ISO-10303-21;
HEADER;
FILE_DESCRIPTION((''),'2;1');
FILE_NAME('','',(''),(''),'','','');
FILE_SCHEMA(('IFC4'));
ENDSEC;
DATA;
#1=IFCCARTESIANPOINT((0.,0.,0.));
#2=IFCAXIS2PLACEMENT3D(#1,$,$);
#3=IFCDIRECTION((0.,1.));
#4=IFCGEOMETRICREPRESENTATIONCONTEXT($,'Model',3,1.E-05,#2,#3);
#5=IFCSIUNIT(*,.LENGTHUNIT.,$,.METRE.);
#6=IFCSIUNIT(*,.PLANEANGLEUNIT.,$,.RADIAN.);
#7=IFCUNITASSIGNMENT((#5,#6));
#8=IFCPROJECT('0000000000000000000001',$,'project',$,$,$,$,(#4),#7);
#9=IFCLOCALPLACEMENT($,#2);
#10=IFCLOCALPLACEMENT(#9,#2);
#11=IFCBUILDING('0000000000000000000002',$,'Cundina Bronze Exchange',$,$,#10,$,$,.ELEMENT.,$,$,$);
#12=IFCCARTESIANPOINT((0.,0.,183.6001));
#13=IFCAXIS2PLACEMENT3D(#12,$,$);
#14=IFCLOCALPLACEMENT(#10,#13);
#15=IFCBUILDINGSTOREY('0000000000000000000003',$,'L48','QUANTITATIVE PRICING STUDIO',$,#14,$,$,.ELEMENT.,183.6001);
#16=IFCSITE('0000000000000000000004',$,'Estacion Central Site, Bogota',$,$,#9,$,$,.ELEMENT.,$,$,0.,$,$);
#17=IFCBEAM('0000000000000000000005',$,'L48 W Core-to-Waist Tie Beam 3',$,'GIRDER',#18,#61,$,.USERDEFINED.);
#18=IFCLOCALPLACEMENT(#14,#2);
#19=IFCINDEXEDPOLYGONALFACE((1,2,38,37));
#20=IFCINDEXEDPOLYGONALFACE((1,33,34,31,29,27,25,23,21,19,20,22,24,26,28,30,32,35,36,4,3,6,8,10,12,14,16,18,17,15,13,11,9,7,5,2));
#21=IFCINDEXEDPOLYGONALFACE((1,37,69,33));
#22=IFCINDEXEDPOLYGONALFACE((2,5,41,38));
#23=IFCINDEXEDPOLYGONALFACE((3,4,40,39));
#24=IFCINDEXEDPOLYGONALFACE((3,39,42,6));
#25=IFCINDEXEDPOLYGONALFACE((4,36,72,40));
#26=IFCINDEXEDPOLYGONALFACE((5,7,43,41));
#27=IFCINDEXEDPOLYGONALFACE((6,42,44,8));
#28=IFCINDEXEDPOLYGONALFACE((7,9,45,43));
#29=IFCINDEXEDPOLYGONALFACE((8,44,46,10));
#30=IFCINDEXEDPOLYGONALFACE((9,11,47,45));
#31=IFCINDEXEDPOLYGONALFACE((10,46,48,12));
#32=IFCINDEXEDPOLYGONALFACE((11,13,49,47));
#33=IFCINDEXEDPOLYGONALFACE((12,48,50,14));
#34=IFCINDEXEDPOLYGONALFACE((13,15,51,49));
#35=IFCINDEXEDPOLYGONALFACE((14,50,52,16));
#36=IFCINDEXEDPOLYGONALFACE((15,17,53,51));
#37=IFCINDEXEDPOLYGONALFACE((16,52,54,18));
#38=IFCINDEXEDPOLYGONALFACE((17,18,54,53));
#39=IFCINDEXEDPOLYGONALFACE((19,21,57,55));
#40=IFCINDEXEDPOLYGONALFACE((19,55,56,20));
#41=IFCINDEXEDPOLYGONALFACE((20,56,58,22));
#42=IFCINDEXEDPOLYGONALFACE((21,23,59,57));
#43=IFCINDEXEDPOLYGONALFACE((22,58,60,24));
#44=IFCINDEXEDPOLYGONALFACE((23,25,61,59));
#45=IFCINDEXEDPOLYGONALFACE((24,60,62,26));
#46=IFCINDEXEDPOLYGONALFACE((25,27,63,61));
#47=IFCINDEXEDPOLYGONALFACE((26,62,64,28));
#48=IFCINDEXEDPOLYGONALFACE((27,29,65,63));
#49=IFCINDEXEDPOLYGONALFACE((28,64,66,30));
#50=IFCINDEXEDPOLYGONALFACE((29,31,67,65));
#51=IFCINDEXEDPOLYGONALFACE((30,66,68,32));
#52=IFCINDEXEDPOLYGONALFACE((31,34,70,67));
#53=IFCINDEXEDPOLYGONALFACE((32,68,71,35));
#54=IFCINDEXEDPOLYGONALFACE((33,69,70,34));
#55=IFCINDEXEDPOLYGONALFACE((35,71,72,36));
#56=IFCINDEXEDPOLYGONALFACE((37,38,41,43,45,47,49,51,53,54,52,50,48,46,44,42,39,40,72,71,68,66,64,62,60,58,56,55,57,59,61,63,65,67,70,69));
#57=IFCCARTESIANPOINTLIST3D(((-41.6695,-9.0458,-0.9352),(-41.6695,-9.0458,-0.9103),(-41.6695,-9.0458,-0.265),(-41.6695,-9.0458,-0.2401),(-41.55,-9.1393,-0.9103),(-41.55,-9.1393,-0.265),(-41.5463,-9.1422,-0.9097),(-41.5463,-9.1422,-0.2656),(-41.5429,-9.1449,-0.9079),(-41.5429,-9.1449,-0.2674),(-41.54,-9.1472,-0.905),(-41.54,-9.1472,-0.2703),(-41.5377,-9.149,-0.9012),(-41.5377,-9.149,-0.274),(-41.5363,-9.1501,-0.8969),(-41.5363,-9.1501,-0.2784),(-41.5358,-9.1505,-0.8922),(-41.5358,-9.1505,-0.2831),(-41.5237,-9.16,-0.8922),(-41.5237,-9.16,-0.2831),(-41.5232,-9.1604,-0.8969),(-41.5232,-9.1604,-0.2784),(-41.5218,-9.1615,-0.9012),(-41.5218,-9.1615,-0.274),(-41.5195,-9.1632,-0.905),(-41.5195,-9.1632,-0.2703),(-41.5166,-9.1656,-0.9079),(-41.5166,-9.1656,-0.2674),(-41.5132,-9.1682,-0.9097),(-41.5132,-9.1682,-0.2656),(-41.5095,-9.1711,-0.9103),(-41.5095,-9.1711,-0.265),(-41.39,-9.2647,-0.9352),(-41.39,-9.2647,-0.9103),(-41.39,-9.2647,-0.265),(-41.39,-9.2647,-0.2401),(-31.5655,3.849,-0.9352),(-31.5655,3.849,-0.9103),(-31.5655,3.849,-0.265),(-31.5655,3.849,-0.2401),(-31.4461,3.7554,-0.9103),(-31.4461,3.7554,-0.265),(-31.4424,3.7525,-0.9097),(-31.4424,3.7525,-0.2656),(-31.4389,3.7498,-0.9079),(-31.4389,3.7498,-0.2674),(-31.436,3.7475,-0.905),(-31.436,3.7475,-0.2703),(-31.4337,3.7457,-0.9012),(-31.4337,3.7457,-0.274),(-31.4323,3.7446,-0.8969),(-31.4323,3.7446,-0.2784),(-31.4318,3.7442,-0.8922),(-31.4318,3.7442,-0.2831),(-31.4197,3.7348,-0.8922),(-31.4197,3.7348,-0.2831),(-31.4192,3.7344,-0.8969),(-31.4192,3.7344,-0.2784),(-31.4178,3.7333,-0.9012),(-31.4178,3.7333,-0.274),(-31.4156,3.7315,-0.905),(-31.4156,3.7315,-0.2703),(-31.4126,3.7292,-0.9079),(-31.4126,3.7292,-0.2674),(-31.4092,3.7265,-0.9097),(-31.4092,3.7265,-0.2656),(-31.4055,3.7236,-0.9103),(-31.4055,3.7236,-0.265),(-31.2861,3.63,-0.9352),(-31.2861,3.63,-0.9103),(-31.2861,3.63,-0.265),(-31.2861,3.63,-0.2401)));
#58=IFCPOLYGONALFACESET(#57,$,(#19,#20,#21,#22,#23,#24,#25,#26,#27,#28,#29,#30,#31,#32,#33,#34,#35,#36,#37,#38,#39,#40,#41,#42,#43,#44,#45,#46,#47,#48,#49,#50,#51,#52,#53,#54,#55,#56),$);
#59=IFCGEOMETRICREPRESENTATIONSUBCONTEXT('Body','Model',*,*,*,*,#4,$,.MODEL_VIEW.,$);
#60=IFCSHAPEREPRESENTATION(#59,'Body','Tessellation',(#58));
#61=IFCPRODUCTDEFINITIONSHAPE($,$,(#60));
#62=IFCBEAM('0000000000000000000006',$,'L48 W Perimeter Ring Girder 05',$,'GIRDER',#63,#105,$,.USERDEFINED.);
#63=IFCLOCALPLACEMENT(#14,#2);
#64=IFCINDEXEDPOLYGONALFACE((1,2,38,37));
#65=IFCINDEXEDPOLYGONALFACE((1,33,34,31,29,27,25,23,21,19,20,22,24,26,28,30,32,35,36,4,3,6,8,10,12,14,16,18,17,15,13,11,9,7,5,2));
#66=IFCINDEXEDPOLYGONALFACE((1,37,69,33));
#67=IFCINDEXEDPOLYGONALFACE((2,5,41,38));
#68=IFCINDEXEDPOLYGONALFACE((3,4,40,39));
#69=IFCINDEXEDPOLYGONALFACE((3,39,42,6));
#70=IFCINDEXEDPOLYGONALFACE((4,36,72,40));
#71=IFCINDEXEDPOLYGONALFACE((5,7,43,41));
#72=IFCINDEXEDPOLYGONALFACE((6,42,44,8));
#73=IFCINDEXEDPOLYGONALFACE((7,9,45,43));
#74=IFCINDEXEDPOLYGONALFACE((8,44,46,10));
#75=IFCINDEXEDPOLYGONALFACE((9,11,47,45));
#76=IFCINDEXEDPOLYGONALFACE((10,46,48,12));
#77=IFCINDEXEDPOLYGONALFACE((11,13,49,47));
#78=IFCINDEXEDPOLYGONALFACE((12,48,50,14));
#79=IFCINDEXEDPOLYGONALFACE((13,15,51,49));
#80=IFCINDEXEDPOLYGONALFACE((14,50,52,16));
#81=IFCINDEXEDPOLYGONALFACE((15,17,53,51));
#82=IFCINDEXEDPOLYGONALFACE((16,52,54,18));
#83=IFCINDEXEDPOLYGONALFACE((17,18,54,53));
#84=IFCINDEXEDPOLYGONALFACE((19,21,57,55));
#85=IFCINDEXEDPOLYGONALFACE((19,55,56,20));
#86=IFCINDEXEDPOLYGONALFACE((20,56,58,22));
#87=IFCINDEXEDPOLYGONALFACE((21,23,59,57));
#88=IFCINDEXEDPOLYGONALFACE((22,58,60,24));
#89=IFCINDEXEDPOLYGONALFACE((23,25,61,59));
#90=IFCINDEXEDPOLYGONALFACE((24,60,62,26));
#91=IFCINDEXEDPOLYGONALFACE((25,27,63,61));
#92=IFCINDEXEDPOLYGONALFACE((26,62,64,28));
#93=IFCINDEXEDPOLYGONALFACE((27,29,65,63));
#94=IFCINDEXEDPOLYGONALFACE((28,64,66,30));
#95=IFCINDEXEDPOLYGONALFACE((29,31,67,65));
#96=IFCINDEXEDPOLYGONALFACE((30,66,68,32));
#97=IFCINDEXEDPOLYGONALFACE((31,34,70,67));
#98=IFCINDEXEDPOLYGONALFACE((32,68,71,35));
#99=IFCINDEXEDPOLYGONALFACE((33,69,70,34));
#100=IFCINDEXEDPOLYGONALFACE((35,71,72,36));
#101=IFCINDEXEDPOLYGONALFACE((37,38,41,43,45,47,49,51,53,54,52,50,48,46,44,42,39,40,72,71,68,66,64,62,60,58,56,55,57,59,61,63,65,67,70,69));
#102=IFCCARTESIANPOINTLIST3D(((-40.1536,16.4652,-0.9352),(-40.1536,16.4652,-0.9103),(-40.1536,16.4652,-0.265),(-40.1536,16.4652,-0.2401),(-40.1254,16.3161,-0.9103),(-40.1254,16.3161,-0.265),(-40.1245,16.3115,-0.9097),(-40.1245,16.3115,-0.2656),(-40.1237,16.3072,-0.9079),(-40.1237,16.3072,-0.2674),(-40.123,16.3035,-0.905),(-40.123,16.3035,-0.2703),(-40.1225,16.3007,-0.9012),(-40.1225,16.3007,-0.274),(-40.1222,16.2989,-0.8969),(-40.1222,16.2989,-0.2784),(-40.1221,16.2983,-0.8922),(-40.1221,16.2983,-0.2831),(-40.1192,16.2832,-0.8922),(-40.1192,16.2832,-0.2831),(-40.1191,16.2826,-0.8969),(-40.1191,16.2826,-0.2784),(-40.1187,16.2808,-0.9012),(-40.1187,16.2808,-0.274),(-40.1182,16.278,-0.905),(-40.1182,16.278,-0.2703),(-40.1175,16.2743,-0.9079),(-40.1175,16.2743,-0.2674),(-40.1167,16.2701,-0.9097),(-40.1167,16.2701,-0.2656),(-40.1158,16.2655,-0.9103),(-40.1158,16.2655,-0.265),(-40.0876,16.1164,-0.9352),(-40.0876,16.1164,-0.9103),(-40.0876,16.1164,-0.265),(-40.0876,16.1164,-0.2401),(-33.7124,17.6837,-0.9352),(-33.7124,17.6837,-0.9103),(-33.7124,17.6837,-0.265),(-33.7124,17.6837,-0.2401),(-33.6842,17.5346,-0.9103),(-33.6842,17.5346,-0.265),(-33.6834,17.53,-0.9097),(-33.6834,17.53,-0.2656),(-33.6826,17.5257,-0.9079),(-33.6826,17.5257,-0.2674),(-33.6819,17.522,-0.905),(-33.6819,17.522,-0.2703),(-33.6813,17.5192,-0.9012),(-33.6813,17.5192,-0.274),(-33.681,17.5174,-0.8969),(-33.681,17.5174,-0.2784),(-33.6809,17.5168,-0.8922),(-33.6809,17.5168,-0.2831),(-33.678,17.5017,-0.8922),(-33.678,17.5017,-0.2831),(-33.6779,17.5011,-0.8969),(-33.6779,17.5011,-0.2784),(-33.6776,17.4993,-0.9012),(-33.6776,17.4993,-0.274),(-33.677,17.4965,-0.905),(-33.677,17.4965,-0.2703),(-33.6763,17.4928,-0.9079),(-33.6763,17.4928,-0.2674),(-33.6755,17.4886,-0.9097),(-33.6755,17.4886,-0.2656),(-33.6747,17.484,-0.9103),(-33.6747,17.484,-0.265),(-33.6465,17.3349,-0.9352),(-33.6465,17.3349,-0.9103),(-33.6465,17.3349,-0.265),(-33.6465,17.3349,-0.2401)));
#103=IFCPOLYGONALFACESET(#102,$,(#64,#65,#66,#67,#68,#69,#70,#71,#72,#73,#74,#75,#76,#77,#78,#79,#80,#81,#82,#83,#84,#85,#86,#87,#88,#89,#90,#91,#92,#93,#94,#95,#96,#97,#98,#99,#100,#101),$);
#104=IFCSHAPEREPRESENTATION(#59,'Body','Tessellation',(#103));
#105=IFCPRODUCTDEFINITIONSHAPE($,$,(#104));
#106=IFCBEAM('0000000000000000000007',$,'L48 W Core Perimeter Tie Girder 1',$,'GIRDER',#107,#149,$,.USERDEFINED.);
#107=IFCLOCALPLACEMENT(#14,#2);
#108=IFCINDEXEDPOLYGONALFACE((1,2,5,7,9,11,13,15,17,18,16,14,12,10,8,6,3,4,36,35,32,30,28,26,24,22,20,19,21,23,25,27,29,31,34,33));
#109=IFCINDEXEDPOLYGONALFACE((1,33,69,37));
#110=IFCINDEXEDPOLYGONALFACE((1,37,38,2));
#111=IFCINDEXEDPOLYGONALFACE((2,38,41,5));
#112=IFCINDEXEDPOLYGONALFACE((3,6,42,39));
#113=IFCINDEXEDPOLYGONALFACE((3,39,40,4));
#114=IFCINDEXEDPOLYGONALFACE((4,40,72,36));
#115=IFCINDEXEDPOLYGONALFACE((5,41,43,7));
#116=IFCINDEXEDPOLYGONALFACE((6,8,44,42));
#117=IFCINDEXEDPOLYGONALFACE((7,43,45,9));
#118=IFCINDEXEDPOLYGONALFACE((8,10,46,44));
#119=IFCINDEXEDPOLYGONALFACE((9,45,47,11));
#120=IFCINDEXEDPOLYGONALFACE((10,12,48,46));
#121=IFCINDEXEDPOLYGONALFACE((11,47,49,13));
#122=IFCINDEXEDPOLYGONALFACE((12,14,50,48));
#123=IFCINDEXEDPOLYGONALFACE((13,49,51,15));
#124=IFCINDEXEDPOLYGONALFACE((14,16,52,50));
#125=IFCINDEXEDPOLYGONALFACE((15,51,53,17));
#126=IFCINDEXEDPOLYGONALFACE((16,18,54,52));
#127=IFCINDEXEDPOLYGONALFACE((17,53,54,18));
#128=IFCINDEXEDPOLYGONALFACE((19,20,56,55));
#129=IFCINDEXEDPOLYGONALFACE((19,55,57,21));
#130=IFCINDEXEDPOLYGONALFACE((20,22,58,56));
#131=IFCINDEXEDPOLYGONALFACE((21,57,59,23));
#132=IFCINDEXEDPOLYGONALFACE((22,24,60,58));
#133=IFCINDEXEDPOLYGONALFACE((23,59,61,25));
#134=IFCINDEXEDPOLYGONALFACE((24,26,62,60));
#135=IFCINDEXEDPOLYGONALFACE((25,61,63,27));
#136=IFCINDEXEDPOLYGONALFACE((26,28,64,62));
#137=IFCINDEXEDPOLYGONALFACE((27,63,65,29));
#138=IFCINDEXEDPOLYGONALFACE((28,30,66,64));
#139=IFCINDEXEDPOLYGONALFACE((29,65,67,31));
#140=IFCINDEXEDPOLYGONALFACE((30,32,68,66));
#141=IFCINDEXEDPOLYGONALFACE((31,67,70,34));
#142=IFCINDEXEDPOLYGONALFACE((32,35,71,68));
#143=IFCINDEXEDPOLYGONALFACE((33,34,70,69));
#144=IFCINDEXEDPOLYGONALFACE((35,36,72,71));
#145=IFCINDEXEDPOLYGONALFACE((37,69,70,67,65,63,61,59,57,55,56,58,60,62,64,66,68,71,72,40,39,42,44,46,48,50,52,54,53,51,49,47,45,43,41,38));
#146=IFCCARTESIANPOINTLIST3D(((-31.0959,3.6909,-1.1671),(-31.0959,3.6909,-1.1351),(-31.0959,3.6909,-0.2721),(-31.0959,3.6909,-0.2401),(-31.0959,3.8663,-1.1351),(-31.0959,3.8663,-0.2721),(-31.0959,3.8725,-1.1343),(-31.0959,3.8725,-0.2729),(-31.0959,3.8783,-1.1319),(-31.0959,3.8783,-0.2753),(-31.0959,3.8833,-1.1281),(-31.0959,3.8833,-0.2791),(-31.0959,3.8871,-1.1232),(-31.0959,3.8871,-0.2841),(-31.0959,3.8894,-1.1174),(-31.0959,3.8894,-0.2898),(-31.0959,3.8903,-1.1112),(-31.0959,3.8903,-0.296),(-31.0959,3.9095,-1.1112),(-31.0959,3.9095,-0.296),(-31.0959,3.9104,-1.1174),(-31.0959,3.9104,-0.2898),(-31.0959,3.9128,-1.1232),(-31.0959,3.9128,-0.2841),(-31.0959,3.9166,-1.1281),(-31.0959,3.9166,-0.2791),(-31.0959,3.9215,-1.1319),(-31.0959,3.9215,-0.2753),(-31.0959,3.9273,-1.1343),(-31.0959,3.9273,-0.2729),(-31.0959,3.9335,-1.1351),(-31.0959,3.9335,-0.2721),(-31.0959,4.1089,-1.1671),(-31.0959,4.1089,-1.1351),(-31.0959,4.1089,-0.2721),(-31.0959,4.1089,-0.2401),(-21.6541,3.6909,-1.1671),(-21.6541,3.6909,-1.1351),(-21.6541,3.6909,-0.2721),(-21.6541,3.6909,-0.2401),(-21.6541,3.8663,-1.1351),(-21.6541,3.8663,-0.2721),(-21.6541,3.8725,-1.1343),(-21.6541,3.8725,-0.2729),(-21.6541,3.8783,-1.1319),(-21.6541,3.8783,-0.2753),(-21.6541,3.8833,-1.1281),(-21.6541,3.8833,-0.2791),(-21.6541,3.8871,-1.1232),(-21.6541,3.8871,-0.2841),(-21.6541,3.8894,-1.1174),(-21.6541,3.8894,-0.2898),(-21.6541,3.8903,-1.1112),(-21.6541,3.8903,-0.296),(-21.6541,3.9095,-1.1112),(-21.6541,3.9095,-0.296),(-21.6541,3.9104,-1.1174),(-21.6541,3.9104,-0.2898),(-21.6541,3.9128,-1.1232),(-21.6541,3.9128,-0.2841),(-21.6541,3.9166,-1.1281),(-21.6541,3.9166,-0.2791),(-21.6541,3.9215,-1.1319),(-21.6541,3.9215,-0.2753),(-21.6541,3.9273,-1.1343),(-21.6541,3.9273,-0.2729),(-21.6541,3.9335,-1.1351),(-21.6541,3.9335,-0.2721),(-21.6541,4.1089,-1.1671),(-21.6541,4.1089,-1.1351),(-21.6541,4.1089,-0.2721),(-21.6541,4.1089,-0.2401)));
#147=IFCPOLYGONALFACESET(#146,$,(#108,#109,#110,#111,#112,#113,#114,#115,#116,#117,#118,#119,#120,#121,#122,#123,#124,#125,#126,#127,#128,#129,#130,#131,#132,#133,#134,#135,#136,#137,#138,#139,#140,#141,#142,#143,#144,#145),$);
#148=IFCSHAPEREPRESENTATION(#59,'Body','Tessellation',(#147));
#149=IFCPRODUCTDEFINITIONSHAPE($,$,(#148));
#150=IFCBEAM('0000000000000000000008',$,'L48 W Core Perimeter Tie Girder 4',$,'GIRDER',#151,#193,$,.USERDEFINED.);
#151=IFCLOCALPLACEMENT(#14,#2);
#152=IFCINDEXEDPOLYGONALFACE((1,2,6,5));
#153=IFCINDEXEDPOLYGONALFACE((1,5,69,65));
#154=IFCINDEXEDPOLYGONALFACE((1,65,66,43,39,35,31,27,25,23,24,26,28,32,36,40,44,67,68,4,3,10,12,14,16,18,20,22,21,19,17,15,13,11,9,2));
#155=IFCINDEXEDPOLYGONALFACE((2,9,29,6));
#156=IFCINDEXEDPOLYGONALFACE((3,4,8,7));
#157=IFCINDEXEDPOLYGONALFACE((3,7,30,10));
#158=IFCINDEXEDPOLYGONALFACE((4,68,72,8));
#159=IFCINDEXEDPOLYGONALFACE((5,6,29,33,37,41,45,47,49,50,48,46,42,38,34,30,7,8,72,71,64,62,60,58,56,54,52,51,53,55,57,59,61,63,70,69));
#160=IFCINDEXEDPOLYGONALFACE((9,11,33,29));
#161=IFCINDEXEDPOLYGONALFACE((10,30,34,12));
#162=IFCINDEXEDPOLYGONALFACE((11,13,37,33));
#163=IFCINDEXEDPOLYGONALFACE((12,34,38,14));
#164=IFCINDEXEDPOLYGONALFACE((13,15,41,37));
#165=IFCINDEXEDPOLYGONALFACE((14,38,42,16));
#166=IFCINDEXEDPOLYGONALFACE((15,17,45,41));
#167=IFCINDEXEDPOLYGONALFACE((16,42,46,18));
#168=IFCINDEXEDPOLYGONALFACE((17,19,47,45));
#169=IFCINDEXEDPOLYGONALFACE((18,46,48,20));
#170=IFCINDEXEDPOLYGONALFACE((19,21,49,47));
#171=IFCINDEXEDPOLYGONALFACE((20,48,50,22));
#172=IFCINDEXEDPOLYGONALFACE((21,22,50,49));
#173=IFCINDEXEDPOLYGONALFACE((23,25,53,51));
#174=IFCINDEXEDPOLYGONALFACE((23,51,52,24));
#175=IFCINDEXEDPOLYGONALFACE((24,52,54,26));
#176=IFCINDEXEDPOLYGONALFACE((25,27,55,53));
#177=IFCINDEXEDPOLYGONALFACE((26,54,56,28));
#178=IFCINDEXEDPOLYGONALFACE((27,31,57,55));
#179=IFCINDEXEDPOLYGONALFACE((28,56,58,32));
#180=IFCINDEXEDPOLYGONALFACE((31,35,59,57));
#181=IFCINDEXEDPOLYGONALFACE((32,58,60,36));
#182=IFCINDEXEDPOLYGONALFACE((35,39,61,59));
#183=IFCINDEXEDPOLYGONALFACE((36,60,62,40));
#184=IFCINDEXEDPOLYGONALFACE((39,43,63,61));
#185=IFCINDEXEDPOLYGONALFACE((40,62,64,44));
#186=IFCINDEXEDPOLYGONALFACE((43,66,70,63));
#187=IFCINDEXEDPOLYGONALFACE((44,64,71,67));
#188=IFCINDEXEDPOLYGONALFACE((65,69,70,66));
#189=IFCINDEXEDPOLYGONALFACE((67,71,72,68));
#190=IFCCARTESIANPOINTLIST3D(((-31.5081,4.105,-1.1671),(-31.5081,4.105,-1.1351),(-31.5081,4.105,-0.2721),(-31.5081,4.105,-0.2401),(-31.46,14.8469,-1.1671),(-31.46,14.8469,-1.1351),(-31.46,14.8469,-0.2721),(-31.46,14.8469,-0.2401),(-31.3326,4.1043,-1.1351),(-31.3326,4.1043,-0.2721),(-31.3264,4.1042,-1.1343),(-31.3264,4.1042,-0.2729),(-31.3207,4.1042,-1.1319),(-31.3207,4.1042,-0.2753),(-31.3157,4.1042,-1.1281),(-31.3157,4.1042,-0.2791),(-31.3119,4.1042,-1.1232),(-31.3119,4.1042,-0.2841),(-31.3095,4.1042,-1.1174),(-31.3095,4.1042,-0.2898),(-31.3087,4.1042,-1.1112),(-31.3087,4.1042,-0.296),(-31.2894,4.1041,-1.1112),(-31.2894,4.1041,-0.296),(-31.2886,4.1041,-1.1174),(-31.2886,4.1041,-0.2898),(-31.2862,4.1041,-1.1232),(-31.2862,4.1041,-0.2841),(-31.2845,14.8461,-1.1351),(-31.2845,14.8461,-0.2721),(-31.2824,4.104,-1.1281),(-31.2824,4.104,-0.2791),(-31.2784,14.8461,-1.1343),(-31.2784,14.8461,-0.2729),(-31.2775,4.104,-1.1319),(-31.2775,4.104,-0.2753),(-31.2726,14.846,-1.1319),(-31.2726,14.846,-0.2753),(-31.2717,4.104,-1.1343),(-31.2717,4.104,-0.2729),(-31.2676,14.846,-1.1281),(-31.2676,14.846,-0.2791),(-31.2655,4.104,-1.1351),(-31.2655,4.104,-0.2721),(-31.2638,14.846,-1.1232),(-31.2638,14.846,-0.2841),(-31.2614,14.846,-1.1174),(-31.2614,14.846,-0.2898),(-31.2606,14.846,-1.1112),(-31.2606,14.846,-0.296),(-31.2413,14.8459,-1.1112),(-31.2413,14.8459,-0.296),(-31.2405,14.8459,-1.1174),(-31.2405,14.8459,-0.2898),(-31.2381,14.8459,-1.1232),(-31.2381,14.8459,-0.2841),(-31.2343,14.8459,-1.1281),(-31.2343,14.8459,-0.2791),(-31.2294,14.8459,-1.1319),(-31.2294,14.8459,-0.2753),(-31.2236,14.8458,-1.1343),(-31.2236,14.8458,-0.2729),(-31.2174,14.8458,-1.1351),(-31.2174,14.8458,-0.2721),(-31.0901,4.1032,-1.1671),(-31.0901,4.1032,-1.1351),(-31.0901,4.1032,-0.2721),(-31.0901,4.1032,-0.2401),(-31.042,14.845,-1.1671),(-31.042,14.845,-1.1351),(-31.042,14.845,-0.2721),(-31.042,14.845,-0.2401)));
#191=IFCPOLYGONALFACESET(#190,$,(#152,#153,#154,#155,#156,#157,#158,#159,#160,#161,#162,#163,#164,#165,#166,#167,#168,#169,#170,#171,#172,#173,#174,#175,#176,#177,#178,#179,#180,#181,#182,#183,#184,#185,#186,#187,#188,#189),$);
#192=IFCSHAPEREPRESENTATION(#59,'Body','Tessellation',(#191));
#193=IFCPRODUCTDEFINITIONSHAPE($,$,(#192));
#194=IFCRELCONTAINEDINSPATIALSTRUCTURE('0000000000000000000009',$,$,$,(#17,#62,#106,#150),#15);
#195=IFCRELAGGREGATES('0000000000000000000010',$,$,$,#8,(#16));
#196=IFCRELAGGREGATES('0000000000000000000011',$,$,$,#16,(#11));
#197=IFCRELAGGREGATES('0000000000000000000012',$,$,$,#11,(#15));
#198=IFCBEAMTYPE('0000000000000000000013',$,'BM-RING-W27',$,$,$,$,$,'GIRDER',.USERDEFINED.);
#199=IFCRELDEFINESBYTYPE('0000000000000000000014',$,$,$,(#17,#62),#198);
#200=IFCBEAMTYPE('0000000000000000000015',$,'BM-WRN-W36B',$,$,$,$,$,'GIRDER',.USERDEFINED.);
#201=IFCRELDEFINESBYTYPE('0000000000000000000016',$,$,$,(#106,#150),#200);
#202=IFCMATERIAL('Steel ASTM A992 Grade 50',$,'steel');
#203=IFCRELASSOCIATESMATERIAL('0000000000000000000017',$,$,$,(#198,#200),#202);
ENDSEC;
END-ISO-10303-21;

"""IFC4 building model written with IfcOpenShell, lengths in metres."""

from ifc_helpers import new_model, si_unit, direction, frame, origin, origin_2d, place, context, subcontext, project, spatial, i_section, extrude, material, material_profile, profile_set, type_object, element, save


model = new_model("IFC4")

# Units and contexts
model_context = context("Model", 3, precision=1e-05, world=origin(), true_north=direction((0.0, 1.0)))
body_context = subcontext(model_context, "Body", "Model", "MODEL_VIEW")
ifc_project = project(units=[si_unit("LENGTHUNIT", "METRE"), si_unit("PLANEANGLEUNIT", "RADIAN")], contexts=[model_context])

# Site, building, storey
site_placement = place(None, origin())
site = spatial("IfcSite", under=ifc_project, at=site_placement, Name="Estacion Central Site, Bogota", CompositionType="ELEMENT", RefElevation=0.0)
building_placement = place(site_placement, origin())
building = spatial("IfcBuilding", under=site, at=building_placement, Name="Cundina Bronze Exchange", CompositionType="ELEMENT")
storey_placement = place(building_placement, frame((0.0, 0.0, 183.6001)))
storey = spatial("IfcBuildingStorey", under=building, at=storey_placement, Name="L48", Description="QUANTITATIVE PRICING STUDIO", CompositionType="ELEMENT", Elevation=183.6001)

# Shared definitions
ifc_material_1 = material(Name="Steel ASTM A992 Grade 50", Category="steel")

# Beams
ifc_material_profile_1 = material_profile(ifc_material_1, i_section(OverallWidth=0.355, OverallDepth=0.6951, WebThickness=0.0154, FlangeThickness=0.0249, FilletRadius=0.0181, at=origin_2d()), Name="W27X146", Category="steel")
ifc_profile_set_1 = profile_set([ifc_material_profile_1], Name="Steel ASTM A992 Grade 50")
beam_type_1 = type_object("IfcBeamType", Name="BM-RING-W27", ElementType="GIRDER", PredefinedType="USERDEFINED", material=ifc_profile_set_1)
beam_1_placement = place(storey_placement, frame((-31.4258, 3.7395, -0.5876), z_axis=(-0.616779, -0.787136, 0.0), x_axis=(0.787136, -0.616779, 0.0)))
element("IfcBeam", 1, at=beam_1_placement, inside=storey, type_object=beam_type_1, Name="L48 W Core-to-Waist Tie Beam 3", ObjectType="GIRDER", PredefinedType="USERDEFINED", context=body_context, shape_type="SweptSolid", body=[
    extrude(i_section(OverallWidth=0.355, OverallDepth=0.6951, WebThickness=0.0154, FlangeThickness=0.0249, FilletRadius=0.0181, at=origin_2d()), origin(), (0.0, 0.0, 1.0), 16.3818),
])
beam_2_placement = place(storey_placement, frame((-33.6794, 17.5093, -0.5876), z_axis=(-0.982573, -0.185878, 0.0), x_axis=(0.185878, -0.982573, 0.0)))
element("IfcBeam", 2, at=beam_2_placement, inside=storey, type_object=beam_type_1, Name="L48 W Perimeter Ring Girder 05", ObjectType="GIRDER", PredefinedType="USERDEFINED", context=body_context, shape_type="SweptSolid", body=[
    extrude(i_section(OverallWidth=0.355, OverallDepth=0.6951, WebThickness=0.0154, FlangeThickness=0.0249, FilletRadius=0.0181, at=origin_2d()), origin(), (0.0, 0.0, 1.0), 6.5554),
])
ifc_material_profile_2 = material_profile(ifc_material_1, i_section(OverallWidth=0.418, OverallDepth=0.927, WebThickness=0.0193, FlangeThickness=0.032, FilletRadius=0.0239, at=origin_2d()), Name="W36X231", Category="steel")
ifc_profile_set_2 = profile_set([ifc_material_profile_2], Name="Steel ASTM A992 Grade 50")
beam_type_2 = type_object("IfcBeamType", Name="BM-WRN-W36B", ElementType="GIRDER", PredefinedType="USERDEFINED", material=ifc_profile_set_2)
beam_3_placement = place(storey_placement, frame((-31.0959, 3.8999, -0.7036), z_axis=(1.0, 0.0, 0.0), x_axis=(0.0, 1.0, 0.0)))
element("IfcBeam", 3, at=beam_3_placement, inside=storey, type_object=beam_type_2, Name="L48 W Core Perimeter Tie Girder 1", ObjectType="GIRDER", PredefinedType="USERDEFINED", context=body_context, shape_type="SweptSolid", body=[
    extrude(i_section(OverallWidth=0.418, OverallDepth=0.927, WebThickness=0.0193, FlangeThickness=0.032, FilletRadius=0.0239, at=origin_2d()), origin(), (0.0, 0.0, 1.0), 9.4419),
])
beam_4_placement = place(storey_placement, frame((-31.251, 14.8459, -0.7036), z_axis=(-0.004477, -0.99999, 0.0), x_axis=(0.99999, -0.004477, 0.0)))
element("IfcBeam", 4, at=beam_4_placement, inside=storey, type_object=beam_type_2, Name="L48 W Core Perimeter Tie Girder 4", ObjectType="GIRDER", PredefinedType="USERDEFINED", context=body_context, shape_type="SweptSolid", body=[
    extrude(i_section(OverallWidth=0.418, OverallDepth=0.927, WebThickness=0.0193, FlangeThickness=0.032, FilletRadius=0.0239, at=origin_2d()), origin(), (0.0, 0.0, 1.0), 10.7419),
])

save(model, "model.ifc")
